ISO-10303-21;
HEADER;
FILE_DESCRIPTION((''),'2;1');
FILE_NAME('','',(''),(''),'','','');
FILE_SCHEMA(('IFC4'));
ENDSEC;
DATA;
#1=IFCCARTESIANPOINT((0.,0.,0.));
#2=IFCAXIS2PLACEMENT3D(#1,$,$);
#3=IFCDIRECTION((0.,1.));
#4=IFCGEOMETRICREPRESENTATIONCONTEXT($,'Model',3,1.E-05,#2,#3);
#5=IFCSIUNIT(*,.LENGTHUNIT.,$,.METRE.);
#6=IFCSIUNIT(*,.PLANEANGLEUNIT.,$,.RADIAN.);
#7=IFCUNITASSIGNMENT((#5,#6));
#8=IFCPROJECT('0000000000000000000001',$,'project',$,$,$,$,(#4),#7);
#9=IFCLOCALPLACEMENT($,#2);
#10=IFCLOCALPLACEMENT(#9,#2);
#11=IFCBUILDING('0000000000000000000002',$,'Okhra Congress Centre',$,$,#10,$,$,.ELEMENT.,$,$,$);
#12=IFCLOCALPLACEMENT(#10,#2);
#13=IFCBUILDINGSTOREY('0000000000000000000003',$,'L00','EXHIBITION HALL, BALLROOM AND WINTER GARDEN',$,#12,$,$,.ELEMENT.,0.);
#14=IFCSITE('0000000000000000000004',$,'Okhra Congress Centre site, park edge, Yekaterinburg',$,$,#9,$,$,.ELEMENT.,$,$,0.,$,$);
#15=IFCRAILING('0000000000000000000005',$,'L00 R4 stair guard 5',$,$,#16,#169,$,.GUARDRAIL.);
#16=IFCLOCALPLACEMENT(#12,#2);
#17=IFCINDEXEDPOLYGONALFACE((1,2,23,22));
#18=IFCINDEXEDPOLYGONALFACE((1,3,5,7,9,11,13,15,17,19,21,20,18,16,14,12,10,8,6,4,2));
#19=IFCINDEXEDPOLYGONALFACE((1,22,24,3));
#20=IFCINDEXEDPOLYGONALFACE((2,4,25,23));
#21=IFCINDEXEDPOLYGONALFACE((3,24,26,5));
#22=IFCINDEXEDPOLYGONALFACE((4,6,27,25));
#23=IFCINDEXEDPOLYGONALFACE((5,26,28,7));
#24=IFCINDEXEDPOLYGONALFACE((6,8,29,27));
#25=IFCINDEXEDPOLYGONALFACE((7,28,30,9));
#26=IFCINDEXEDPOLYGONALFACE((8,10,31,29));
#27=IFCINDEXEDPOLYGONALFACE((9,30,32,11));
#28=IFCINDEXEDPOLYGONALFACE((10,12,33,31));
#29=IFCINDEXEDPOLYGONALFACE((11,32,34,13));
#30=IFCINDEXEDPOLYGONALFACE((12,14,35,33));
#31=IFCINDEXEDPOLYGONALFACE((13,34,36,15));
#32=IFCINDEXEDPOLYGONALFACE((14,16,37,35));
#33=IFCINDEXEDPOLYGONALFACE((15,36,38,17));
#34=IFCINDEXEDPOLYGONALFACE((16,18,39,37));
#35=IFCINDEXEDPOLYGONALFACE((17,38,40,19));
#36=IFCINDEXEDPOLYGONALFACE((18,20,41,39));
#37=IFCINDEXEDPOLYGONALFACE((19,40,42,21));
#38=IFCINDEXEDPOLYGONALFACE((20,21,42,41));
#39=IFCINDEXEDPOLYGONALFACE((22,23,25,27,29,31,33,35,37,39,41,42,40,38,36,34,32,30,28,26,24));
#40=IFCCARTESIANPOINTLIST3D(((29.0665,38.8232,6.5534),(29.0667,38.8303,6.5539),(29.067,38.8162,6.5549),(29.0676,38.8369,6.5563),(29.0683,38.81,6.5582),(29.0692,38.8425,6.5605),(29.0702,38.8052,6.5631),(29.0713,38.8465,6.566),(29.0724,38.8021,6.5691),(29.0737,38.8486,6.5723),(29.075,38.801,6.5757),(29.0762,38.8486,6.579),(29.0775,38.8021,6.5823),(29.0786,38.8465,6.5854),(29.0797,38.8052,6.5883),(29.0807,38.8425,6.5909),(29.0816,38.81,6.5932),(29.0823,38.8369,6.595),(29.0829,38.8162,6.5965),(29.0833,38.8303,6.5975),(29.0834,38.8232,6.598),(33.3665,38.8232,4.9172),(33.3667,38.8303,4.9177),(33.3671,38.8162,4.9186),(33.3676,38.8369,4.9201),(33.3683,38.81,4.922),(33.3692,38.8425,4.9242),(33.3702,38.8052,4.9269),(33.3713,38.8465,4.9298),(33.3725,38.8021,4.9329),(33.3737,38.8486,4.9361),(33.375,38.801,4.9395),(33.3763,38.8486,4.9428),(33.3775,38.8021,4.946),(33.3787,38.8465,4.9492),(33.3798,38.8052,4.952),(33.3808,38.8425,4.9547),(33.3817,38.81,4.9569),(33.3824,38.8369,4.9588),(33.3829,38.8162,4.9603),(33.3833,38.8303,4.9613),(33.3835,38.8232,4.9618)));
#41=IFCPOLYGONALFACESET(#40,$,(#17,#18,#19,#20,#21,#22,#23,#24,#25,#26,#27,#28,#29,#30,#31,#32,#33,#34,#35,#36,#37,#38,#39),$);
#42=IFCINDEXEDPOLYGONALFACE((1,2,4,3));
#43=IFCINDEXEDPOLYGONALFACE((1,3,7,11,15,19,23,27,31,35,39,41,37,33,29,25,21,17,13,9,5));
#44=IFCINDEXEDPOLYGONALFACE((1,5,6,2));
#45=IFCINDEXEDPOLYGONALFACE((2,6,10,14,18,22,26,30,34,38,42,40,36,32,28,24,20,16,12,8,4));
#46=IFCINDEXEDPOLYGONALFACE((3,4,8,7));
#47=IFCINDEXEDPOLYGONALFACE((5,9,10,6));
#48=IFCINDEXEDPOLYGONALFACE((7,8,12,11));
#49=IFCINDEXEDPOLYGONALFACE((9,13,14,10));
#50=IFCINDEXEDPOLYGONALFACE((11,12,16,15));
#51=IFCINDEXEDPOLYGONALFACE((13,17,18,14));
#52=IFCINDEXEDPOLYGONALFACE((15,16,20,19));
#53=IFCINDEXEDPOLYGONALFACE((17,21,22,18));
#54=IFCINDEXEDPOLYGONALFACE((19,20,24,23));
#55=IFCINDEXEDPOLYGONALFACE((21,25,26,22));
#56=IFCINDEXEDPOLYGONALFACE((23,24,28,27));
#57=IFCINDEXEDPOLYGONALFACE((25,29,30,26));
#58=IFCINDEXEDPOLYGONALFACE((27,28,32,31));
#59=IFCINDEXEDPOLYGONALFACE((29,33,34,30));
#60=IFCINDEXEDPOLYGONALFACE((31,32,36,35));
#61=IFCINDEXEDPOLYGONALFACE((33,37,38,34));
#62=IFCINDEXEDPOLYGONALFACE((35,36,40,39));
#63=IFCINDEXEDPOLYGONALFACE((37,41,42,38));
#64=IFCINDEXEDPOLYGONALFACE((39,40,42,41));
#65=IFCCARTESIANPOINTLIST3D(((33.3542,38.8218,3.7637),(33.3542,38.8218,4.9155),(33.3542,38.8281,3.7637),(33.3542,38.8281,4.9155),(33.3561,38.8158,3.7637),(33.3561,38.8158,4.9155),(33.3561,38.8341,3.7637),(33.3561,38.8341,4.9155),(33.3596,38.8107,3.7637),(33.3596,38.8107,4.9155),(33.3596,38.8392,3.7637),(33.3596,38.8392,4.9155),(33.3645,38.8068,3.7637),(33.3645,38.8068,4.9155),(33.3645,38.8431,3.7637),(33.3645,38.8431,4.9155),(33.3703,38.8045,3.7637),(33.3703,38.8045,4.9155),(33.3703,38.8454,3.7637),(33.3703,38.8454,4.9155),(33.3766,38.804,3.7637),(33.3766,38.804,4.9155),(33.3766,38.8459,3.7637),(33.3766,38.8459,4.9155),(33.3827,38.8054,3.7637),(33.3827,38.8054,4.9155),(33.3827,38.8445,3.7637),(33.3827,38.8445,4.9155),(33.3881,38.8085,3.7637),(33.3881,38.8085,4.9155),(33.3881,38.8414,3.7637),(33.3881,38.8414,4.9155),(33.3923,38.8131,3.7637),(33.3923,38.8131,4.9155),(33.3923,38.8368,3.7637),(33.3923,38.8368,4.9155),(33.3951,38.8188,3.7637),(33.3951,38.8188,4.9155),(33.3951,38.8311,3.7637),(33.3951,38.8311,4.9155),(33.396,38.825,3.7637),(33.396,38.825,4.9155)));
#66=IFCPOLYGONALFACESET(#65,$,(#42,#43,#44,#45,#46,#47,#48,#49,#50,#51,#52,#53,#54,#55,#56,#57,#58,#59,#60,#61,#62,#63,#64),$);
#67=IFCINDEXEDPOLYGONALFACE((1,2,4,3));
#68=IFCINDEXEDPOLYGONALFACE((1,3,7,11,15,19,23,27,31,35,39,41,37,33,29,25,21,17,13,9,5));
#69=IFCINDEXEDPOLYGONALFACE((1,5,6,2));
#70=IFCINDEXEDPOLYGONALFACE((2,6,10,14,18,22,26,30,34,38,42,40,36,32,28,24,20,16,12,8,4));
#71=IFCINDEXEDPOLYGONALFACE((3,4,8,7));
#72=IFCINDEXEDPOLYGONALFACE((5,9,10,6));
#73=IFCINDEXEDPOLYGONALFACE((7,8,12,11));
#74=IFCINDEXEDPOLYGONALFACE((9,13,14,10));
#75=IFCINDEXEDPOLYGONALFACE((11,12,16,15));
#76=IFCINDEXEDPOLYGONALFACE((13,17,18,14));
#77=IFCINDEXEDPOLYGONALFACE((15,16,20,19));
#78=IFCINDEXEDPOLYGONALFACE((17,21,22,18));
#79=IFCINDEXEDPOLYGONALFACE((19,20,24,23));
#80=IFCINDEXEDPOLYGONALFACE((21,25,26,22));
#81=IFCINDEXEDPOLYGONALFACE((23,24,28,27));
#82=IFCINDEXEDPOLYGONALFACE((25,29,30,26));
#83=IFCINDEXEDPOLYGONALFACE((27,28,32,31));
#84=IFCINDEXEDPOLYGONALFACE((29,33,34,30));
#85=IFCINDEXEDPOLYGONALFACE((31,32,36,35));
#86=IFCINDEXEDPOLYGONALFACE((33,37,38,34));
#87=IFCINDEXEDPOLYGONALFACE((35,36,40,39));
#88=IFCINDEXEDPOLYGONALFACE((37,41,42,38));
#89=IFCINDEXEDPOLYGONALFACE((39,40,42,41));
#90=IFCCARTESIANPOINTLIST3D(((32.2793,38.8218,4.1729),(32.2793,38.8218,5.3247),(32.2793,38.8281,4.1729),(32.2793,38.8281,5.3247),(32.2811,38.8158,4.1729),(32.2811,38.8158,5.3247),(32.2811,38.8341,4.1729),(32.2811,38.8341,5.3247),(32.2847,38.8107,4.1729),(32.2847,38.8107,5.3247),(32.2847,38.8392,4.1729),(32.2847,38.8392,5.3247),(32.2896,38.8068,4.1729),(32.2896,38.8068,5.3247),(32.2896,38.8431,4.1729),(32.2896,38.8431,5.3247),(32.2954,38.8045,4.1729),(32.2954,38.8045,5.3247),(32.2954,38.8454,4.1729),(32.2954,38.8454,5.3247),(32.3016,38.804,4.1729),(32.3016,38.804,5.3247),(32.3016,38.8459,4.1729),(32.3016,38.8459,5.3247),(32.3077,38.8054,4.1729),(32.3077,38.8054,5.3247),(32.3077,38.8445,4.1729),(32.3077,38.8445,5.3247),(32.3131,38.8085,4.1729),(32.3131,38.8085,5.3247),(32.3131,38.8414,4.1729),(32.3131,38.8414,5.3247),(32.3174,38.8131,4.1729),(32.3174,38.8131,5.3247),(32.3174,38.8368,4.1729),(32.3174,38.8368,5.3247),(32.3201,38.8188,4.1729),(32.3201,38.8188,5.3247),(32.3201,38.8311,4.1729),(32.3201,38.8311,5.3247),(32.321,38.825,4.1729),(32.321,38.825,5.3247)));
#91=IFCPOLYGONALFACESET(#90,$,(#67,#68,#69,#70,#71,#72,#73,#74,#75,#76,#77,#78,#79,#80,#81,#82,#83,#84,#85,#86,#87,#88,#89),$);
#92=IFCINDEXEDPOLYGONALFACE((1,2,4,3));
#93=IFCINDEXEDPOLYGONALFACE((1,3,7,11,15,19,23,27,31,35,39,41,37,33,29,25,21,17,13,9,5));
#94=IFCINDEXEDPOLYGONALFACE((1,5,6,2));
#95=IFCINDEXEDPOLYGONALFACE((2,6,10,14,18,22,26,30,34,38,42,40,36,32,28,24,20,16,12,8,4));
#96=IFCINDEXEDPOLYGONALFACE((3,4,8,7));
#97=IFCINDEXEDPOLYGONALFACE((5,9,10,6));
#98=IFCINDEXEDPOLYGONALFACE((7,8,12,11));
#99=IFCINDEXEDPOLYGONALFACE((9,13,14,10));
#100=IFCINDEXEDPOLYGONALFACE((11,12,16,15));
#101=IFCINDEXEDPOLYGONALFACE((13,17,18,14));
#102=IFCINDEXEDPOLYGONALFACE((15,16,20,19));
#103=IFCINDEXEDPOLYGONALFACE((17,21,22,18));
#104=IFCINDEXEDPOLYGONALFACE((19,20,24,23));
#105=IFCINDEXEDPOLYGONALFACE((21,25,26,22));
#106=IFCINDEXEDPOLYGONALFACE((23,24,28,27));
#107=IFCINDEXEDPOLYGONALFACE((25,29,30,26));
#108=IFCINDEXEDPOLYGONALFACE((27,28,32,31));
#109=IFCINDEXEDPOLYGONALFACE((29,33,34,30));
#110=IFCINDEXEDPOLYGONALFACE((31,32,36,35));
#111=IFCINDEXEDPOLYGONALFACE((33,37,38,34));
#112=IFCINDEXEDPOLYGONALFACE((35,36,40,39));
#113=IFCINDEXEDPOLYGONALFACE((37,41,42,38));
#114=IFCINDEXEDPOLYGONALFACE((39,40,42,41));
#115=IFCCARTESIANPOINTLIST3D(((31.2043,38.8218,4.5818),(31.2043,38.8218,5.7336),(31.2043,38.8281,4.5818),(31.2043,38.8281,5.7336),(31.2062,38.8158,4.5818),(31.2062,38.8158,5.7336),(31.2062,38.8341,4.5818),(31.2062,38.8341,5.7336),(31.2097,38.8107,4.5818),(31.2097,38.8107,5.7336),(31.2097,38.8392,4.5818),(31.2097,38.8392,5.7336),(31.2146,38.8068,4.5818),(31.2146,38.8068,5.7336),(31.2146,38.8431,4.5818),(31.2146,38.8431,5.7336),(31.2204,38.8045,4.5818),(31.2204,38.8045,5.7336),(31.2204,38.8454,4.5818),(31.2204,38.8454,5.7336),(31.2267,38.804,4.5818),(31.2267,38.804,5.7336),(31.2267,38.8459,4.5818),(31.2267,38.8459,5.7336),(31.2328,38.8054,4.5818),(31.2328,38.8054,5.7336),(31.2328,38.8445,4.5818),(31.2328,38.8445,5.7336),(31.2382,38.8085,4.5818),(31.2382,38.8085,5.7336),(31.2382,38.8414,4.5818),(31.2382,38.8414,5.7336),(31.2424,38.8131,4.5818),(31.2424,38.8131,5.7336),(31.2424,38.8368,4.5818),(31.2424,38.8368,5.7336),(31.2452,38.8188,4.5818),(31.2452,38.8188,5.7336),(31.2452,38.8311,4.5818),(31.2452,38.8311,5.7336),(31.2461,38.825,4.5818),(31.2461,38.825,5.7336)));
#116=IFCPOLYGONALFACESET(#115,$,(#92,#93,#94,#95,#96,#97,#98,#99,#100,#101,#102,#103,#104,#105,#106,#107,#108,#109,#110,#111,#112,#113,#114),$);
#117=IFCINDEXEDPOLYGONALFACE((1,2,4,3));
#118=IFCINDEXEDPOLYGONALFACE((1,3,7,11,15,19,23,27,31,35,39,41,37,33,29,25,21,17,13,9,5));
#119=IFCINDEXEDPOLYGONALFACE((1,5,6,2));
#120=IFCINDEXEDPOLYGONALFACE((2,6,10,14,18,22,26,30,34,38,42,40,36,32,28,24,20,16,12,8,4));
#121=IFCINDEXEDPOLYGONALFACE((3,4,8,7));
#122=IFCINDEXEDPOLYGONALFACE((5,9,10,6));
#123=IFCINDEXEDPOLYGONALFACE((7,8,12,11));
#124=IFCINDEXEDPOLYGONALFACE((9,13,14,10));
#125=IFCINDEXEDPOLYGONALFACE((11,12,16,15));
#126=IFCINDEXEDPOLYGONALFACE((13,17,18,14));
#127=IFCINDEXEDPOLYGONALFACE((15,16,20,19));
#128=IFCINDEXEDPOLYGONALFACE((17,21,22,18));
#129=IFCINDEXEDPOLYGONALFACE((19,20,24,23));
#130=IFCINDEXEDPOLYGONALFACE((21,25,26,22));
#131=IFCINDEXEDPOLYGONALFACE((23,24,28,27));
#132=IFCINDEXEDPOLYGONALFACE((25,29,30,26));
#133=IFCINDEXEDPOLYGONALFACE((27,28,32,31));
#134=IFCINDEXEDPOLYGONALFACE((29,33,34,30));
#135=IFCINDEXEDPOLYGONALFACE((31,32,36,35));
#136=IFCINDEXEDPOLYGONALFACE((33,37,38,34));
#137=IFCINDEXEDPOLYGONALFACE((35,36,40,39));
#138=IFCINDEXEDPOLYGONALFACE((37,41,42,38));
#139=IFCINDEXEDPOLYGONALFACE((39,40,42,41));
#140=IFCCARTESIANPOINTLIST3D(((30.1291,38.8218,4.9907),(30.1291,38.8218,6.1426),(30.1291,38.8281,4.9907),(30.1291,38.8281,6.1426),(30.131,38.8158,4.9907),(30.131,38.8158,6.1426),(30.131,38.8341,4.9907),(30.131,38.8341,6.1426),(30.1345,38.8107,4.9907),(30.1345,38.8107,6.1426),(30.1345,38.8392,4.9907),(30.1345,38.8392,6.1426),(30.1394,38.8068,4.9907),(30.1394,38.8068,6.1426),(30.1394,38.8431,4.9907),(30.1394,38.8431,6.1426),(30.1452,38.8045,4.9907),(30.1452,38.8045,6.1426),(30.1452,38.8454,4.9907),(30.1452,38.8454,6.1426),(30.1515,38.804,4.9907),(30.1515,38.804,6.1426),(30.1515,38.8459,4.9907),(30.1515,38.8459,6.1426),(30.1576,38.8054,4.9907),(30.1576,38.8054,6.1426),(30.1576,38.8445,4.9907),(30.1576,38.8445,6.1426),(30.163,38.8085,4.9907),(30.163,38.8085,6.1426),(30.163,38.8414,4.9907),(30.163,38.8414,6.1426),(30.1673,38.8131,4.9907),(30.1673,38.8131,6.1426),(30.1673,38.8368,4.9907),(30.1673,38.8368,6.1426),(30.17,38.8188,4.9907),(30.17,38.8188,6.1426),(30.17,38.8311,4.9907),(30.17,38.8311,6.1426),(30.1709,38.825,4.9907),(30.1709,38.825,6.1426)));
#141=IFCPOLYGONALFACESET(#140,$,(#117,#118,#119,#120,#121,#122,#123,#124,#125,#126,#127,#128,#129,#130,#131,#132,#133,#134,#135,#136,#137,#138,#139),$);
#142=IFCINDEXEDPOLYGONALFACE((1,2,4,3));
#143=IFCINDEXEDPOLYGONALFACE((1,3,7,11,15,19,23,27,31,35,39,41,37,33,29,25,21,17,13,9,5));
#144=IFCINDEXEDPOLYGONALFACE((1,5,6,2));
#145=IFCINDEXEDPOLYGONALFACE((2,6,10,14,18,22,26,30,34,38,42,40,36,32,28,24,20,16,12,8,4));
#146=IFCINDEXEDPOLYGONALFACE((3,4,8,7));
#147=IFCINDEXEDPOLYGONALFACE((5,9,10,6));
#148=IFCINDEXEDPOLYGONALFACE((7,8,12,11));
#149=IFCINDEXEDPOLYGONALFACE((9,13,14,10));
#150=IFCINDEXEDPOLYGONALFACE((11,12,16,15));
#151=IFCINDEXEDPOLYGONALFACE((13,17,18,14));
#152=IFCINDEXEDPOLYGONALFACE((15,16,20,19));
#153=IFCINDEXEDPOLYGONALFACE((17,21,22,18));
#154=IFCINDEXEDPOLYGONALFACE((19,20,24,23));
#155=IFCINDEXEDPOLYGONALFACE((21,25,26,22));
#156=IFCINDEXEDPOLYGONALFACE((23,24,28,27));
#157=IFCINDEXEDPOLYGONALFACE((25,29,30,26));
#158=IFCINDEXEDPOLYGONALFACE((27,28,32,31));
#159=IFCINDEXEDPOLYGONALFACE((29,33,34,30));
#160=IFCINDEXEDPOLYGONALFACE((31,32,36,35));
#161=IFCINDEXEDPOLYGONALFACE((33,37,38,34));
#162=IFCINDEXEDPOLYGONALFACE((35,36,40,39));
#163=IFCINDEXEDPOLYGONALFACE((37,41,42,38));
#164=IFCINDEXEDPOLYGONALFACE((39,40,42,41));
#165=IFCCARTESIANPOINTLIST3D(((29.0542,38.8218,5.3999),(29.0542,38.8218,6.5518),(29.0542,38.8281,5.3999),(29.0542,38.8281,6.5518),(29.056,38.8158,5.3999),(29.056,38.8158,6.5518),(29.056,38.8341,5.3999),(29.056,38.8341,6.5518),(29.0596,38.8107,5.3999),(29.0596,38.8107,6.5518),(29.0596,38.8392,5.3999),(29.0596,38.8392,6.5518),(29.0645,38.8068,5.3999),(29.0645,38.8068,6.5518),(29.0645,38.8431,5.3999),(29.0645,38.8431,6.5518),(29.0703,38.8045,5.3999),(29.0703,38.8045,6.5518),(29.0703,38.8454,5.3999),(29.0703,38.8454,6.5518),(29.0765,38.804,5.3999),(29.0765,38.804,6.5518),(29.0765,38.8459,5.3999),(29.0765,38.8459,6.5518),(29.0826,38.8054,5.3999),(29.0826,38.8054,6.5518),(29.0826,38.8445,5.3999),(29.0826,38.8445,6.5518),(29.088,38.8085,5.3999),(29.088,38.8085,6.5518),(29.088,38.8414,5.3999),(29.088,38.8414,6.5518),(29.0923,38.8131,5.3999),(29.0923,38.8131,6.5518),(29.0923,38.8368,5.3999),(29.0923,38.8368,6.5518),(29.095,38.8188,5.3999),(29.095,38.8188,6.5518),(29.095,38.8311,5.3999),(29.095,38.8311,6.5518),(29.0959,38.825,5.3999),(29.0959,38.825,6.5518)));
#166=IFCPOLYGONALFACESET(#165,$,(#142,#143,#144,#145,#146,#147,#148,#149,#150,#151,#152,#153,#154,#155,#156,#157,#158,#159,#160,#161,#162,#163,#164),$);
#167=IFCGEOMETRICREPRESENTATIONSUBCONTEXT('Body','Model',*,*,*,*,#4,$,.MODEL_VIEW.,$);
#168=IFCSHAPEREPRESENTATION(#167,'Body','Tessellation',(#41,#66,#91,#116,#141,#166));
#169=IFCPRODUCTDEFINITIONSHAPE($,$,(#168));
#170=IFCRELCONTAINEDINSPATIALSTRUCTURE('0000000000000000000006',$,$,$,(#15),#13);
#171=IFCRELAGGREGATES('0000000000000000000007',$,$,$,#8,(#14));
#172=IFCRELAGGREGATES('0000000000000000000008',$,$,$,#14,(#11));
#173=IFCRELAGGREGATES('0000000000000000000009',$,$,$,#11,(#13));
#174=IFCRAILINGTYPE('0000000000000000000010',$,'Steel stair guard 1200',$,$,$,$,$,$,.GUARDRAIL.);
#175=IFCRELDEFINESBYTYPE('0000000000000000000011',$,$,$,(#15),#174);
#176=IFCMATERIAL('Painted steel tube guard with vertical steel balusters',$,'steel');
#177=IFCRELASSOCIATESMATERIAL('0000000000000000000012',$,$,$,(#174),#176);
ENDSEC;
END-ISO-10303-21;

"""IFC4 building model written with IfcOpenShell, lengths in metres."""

from ifc_helpers import new_model, si_unit, direction, frame, origin, origin_2d, place, context, subcontext, project, spatial, circle, extrude, material, type_object, element, save


model = new_model("IFC4")

# Units and contexts
model_context = context("Model", 3, precision=1e-05, world=origin(), true_north=direction((0.0, 1.0)))
body_context = subcontext(model_context, "Body", "Model", "MODEL_VIEW")
ifc_project = project(units=[si_unit("LENGTHUNIT", "METRE"), si_unit("PLANEANGLEUNIT", "RADIAN")], contexts=[model_context])

# Site, building, storey
site_placement = place(None, origin())
site = spatial("IfcSite", under=ifc_project, at=site_placement, Name="Okhra Congress Centre site, park edge, Yekaterinburg", CompositionType="ELEMENT", RefElevation=0.0)
building_placement = place(site_placement, origin())
building = spatial("IfcBuilding", under=site, at=building_placement, Name="Okhra Congress Centre", CompositionType="ELEMENT")
storey_placement = place(building_placement, origin())
storey = spatial("IfcBuildingStorey", under=building, at=storey_placement, Name="L00", Description="EXHIBITION HALL, BALLROOM AND WINTER GARDEN", CompositionType="ELEMENT", Elevation=0.0)

# Railing
ifc_material_1 = material(Name="Painted steel tube guard with vertical steel balusters", Category="steel")
railing_type_1 = type_object("IfcRailingType", Name="Steel stair guard 1200", PredefinedType="GUARDRAIL", material=ifc_material_1)
railing_1_placement = place(storey_placement, frame((33.375, 38.825, 3.7637)))
element("IfcRailing", 1, at=railing_1_placement, inside=storey, type_object=railing_type_1, Name="L00 R4 stair guard 5", PredefinedType="GUARDRAIL", context=body_context, shape_type="SweptSolid", body=[
    extrude(circle(Radius=0.0239, at=origin_2d()), frame((0.0, 0.0, 1.1758), z_axis=(-0.934624, 0.0, 0.355638), x_axis=(0.0, -1.0, 0.0)), (0.0, 0.0, 1.0), 4.6008),
    extrude(circle(Radius=0.021, at=origin_2d()), origin(), (0.0, 0.0, 1.0), 1.1519),
    extrude(circle(Radius=0.021, at=origin_2d()), frame((-1.075, 0.0, 0.4092)), (0.0, 0.0, 1.0), 1.1519),
    extrude(circle(Radius=0.021, at=origin_2d()), frame((-2.1499, 0.0, 0.8181)), (0.0, 0.0, 1.0), 1.1519),
    extrude(circle(Radius=0.021, at=origin_2d()), frame((-3.2251, 0.0, 1.2271)), (0.0, 0.0, 1.0), 1.1519),
    extrude(circle(Radius=0.021, at=origin_2d()), frame((-4.3, 0.0, 1.6362)), (0.0, 0.0, 1.0), 1.1519),
])

save(model, "model.ifc")
